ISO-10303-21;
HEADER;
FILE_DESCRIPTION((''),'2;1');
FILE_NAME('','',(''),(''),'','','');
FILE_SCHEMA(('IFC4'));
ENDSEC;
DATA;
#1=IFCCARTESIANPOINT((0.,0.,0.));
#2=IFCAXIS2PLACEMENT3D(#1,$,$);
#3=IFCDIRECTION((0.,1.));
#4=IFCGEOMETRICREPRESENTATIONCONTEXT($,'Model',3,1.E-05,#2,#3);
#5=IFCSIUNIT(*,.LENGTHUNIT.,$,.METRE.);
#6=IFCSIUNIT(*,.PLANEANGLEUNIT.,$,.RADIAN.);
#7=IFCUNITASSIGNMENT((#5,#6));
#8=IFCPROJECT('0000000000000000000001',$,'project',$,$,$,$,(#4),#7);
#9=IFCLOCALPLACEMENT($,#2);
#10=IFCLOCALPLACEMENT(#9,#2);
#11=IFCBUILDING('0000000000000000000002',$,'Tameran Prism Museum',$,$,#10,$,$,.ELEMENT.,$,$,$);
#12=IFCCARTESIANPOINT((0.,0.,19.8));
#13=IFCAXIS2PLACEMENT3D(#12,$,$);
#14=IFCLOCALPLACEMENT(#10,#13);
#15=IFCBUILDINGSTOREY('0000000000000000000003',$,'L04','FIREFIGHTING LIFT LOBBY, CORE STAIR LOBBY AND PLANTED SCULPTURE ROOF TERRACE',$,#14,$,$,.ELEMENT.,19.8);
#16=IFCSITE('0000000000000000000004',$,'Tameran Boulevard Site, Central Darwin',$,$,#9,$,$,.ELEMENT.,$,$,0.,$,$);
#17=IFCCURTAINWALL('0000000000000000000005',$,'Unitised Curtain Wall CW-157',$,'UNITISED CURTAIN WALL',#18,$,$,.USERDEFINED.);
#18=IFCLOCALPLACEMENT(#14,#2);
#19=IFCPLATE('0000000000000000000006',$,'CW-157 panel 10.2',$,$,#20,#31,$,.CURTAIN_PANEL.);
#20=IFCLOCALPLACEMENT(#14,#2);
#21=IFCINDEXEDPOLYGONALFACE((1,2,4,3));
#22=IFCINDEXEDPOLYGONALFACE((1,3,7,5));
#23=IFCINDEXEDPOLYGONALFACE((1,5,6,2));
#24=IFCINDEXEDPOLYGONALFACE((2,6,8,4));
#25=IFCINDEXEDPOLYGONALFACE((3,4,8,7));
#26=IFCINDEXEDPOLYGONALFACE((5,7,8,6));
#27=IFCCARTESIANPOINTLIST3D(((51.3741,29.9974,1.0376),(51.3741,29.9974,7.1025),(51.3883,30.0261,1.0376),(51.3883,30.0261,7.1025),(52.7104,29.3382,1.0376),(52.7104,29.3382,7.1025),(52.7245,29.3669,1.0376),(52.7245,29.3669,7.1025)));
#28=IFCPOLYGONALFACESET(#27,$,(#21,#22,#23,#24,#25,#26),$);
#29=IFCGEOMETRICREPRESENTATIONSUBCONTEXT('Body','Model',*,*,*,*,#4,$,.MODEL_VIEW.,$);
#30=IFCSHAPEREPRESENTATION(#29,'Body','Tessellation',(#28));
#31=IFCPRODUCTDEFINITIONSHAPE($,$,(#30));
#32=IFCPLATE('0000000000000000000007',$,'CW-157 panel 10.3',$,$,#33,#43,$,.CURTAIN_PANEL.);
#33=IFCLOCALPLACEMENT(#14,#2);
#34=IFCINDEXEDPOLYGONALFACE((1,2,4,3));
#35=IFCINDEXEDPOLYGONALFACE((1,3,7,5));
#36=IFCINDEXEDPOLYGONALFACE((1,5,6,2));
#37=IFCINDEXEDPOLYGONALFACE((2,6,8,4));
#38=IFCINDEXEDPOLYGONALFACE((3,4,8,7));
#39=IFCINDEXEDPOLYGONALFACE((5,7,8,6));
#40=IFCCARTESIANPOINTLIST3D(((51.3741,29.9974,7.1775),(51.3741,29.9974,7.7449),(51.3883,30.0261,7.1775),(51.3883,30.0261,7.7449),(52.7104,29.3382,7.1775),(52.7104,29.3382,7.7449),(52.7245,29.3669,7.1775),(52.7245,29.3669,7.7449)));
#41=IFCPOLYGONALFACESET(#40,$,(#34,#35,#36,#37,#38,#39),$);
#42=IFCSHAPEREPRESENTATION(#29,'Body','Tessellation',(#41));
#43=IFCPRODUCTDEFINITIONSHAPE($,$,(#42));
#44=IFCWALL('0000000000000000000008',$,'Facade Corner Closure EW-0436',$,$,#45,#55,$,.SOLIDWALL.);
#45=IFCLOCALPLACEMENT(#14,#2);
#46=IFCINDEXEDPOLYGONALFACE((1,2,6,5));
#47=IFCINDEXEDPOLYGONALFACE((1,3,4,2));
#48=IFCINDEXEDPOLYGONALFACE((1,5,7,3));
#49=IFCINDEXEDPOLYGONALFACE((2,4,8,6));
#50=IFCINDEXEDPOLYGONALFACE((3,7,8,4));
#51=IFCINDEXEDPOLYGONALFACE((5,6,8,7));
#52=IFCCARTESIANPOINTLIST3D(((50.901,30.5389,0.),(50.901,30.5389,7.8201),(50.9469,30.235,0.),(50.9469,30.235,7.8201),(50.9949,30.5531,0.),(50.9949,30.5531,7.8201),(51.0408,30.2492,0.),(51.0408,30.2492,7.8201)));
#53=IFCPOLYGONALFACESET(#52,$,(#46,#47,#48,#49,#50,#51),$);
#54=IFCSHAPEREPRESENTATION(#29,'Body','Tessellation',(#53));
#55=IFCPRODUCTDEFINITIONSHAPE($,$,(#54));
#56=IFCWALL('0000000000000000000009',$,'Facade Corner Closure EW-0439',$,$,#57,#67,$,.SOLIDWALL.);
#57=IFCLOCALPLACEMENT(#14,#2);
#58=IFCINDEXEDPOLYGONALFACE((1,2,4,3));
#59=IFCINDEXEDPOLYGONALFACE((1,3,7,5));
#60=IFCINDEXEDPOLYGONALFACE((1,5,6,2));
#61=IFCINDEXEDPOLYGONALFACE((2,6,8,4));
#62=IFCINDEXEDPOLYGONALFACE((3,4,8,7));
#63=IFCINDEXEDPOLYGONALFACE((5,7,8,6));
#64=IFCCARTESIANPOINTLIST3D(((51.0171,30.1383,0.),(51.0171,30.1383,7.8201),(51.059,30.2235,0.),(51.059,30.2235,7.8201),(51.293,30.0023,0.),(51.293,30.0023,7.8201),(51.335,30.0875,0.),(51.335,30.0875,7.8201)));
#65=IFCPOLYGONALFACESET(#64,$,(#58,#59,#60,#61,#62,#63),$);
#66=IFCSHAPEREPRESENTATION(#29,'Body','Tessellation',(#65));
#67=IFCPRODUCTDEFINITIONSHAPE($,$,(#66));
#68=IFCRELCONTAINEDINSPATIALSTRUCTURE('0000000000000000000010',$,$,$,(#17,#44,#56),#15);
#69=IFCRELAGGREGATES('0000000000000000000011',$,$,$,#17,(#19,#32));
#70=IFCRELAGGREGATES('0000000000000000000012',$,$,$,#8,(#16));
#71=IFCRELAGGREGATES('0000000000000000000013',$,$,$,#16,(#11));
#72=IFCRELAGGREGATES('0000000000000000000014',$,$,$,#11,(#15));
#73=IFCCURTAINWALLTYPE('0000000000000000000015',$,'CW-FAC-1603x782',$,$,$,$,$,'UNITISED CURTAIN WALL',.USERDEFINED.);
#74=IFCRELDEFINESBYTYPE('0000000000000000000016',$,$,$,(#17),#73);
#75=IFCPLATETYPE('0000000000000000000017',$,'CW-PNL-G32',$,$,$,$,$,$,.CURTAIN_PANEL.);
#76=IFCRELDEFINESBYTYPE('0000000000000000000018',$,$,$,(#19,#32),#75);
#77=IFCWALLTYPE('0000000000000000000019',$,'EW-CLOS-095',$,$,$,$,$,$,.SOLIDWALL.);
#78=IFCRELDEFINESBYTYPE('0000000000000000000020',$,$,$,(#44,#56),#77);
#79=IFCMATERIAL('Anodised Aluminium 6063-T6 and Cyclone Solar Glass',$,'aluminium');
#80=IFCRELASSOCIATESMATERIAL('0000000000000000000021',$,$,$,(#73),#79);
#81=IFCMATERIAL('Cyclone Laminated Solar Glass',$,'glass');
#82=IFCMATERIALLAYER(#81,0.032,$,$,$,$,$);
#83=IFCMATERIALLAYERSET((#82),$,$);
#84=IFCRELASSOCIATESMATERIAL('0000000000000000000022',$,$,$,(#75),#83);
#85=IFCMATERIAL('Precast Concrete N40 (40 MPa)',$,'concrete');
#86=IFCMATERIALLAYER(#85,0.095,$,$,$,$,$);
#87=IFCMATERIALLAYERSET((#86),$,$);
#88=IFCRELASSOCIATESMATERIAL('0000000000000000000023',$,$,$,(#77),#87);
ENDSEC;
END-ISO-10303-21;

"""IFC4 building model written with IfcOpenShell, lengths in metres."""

from ifc_helpers import new_model, si_unit, direction, frame, frame_2d, origin, origin_2d, place, context, subcontext, project, spatial, rectangle, extrude, material, layer, layer_set, type_object, element, aggregate, save


model = new_model("IFC4")

# Units and contexts
model_context = context("Model", 3, precision=1e-05, world=origin(), true_north=direction((0.0, 1.0)))
body_context = subcontext(model_context, "Body", "Model", "MODEL_VIEW")
ifc_project = project(units=[si_unit("LENGTHUNIT", "METRE"), si_unit("PLANEANGLEUNIT", "RADIAN")], contexts=[model_context])

# Site, building, storey
site_placement = place(None, origin())
site = spatial("IfcSite", under=ifc_project, at=site_placement, Name="Tameran Boulevard Site, Central Darwin", CompositionType="ELEMENT", RefElevation=0.0)
building_placement = place(site_placement, origin())
building = spatial("IfcBuilding", under=site, at=building_placement, Name="Tameran Prism Museum", CompositionType="ELEMENT")
storey_placement = place(building_placement, frame((0.0, 0.0, 19.8)))
storey = spatial("IfcBuildingStorey", under=building, at=storey_placement, Name="L04", Description="FIREFIGHTING LIFT LOBBY, CORE STAIR LOBBY AND PLANTED SCULPTURE ROOF TERRACE", CompositionType="ELEMENT", Elevation=19.8)

# Curtain wall
ifc_material_1 = material(Name="Anodised Aluminium 6063-T6 and Cyclone Solar Glass", Category="aluminium")
curtain_wall_type_1 = type_object("IfcCurtainWallType", Name="CW-FAC-1603x782", ElementType="UNITISED CURTAIN WALL", PredefinedType="USERDEFINED", material=ifc_material_1)
curtain_wall_1_placement = place(storey_placement, origin())
curtain_wall_1 = element("IfcCurtainWall", 1, at=curtain_wall_1_placement, inside=storey, type_object=curtain_wall_type_1, Name="Unitised Curtain Wall CW-157", ObjectType="UNITISED CURTAIN WALL", PredefinedType="USERDEFINED")

# Plates
ifc_material_2 = material(Name="Cyclone Laminated Solar Glass", Category="glass")
ifc_layer_1 = layer(ifc_material_2, 0.032)
ifc_layer_set_1 = layer_set([ifc_layer_1])
plate_type = type_object("IfcPlateType", Name="CW-PNL-G32", PredefinedType="CURTAIN_PANEL", material=ifc_layer_set_1)
plate_1_placement = place(storey_placement, frame((52.0493, 29.6821, 1.0376), z_axis=(0.0, 0.0, 1.0), x_axis=(-0.896811, 0.442415, 0.0)))
plate_1 = element("IfcPlate", 2, at=plate_1_placement, type_object=plate_type, Name="CW-157 panel 10.2", PredefinedType="CURTAIN_PANEL", context=body_context, shape_type="SweptSolid", body=[
    extrude(rectangle(XDim=1.49, YDim=0.032, at=origin_2d()), origin(), (0.0, 0.0, 1.0), 6.0649),
])
plate_2_placement = place(storey_placement, frame((52.0493, 29.6821, 7.1775), z_axis=(0.0, 0.0, 1.0), x_axis=(-0.896811, 0.442415, 0.0)))
plate_2 = element("IfcPlate", 3, at=plate_2_placement, type_object=plate_type, Name="CW-157 panel 10.3", PredefinedType="CURTAIN_PANEL", context=body_context, shape_type="SweptSolid", body=[
    extrude(rectangle(XDim=1.49, YDim=0.032, at=origin_2d()), origin(), (0.0, 0.0, 1.0), 0.5674),
])
aggregate(curtain_wall_1, [plate_1, plate_2])

# Walls
ifc_material_3 = material(Name="Precast Concrete N40 (40 MPa)", Category="concrete")
ifc_layer_2 = layer(ifc_material_3, 0.095)
ifc_layer_set_2 = layer_set([ifc_layer_2])
wall_type = type_object("IfcWallType", Name="EW-CLOS-095", PredefinedType="SOLIDWALL", material=ifc_layer_set_2)
wall_1_placement = place(storey_placement, frame((50.9939, 30.2419, 0.0), z_axis=(0.0, 0.0, 1.0), x_axis=(-0.149311, 0.98879, 0.0)))
element("IfcWall", 4, at=wall_1_placement, inside=storey, type_object=wall_type, Name="Facade Corner Closure EW-0436", PredefinedType="SOLIDWALL", context=body_context, shape_type="SweptSolid", body=[
    extrude(rectangle(XDim=0.3074, YDim=0.095, at=frame_2d((0.1538, 0.0))), origin(), (0.0, 0.0, 1.0), 7.8201),
])
wall_2_placement = place(storey_placement, frame((51.314, 30.0449, 0.0), z_axis=(0.0, 0.0, 1.0), x_axis=(-0.896953, 0.442126, 0.0)))
element("IfcWall", 5, at=wall_2_placement, inside=storey, type_object=wall_type, Name="Facade Corner Closure EW-0439", PredefinedType="SOLIDWALL", context=body_context, shape_type="SweptSolid", body=[
    extrude(rectangle(XDim=0.3076, YDim=0.095, at=frame_2d((0.1538, 0.0))), origin(), (0.0, 0.0, 1.0), 7.8201),
])

save(model, "model.ifc")
